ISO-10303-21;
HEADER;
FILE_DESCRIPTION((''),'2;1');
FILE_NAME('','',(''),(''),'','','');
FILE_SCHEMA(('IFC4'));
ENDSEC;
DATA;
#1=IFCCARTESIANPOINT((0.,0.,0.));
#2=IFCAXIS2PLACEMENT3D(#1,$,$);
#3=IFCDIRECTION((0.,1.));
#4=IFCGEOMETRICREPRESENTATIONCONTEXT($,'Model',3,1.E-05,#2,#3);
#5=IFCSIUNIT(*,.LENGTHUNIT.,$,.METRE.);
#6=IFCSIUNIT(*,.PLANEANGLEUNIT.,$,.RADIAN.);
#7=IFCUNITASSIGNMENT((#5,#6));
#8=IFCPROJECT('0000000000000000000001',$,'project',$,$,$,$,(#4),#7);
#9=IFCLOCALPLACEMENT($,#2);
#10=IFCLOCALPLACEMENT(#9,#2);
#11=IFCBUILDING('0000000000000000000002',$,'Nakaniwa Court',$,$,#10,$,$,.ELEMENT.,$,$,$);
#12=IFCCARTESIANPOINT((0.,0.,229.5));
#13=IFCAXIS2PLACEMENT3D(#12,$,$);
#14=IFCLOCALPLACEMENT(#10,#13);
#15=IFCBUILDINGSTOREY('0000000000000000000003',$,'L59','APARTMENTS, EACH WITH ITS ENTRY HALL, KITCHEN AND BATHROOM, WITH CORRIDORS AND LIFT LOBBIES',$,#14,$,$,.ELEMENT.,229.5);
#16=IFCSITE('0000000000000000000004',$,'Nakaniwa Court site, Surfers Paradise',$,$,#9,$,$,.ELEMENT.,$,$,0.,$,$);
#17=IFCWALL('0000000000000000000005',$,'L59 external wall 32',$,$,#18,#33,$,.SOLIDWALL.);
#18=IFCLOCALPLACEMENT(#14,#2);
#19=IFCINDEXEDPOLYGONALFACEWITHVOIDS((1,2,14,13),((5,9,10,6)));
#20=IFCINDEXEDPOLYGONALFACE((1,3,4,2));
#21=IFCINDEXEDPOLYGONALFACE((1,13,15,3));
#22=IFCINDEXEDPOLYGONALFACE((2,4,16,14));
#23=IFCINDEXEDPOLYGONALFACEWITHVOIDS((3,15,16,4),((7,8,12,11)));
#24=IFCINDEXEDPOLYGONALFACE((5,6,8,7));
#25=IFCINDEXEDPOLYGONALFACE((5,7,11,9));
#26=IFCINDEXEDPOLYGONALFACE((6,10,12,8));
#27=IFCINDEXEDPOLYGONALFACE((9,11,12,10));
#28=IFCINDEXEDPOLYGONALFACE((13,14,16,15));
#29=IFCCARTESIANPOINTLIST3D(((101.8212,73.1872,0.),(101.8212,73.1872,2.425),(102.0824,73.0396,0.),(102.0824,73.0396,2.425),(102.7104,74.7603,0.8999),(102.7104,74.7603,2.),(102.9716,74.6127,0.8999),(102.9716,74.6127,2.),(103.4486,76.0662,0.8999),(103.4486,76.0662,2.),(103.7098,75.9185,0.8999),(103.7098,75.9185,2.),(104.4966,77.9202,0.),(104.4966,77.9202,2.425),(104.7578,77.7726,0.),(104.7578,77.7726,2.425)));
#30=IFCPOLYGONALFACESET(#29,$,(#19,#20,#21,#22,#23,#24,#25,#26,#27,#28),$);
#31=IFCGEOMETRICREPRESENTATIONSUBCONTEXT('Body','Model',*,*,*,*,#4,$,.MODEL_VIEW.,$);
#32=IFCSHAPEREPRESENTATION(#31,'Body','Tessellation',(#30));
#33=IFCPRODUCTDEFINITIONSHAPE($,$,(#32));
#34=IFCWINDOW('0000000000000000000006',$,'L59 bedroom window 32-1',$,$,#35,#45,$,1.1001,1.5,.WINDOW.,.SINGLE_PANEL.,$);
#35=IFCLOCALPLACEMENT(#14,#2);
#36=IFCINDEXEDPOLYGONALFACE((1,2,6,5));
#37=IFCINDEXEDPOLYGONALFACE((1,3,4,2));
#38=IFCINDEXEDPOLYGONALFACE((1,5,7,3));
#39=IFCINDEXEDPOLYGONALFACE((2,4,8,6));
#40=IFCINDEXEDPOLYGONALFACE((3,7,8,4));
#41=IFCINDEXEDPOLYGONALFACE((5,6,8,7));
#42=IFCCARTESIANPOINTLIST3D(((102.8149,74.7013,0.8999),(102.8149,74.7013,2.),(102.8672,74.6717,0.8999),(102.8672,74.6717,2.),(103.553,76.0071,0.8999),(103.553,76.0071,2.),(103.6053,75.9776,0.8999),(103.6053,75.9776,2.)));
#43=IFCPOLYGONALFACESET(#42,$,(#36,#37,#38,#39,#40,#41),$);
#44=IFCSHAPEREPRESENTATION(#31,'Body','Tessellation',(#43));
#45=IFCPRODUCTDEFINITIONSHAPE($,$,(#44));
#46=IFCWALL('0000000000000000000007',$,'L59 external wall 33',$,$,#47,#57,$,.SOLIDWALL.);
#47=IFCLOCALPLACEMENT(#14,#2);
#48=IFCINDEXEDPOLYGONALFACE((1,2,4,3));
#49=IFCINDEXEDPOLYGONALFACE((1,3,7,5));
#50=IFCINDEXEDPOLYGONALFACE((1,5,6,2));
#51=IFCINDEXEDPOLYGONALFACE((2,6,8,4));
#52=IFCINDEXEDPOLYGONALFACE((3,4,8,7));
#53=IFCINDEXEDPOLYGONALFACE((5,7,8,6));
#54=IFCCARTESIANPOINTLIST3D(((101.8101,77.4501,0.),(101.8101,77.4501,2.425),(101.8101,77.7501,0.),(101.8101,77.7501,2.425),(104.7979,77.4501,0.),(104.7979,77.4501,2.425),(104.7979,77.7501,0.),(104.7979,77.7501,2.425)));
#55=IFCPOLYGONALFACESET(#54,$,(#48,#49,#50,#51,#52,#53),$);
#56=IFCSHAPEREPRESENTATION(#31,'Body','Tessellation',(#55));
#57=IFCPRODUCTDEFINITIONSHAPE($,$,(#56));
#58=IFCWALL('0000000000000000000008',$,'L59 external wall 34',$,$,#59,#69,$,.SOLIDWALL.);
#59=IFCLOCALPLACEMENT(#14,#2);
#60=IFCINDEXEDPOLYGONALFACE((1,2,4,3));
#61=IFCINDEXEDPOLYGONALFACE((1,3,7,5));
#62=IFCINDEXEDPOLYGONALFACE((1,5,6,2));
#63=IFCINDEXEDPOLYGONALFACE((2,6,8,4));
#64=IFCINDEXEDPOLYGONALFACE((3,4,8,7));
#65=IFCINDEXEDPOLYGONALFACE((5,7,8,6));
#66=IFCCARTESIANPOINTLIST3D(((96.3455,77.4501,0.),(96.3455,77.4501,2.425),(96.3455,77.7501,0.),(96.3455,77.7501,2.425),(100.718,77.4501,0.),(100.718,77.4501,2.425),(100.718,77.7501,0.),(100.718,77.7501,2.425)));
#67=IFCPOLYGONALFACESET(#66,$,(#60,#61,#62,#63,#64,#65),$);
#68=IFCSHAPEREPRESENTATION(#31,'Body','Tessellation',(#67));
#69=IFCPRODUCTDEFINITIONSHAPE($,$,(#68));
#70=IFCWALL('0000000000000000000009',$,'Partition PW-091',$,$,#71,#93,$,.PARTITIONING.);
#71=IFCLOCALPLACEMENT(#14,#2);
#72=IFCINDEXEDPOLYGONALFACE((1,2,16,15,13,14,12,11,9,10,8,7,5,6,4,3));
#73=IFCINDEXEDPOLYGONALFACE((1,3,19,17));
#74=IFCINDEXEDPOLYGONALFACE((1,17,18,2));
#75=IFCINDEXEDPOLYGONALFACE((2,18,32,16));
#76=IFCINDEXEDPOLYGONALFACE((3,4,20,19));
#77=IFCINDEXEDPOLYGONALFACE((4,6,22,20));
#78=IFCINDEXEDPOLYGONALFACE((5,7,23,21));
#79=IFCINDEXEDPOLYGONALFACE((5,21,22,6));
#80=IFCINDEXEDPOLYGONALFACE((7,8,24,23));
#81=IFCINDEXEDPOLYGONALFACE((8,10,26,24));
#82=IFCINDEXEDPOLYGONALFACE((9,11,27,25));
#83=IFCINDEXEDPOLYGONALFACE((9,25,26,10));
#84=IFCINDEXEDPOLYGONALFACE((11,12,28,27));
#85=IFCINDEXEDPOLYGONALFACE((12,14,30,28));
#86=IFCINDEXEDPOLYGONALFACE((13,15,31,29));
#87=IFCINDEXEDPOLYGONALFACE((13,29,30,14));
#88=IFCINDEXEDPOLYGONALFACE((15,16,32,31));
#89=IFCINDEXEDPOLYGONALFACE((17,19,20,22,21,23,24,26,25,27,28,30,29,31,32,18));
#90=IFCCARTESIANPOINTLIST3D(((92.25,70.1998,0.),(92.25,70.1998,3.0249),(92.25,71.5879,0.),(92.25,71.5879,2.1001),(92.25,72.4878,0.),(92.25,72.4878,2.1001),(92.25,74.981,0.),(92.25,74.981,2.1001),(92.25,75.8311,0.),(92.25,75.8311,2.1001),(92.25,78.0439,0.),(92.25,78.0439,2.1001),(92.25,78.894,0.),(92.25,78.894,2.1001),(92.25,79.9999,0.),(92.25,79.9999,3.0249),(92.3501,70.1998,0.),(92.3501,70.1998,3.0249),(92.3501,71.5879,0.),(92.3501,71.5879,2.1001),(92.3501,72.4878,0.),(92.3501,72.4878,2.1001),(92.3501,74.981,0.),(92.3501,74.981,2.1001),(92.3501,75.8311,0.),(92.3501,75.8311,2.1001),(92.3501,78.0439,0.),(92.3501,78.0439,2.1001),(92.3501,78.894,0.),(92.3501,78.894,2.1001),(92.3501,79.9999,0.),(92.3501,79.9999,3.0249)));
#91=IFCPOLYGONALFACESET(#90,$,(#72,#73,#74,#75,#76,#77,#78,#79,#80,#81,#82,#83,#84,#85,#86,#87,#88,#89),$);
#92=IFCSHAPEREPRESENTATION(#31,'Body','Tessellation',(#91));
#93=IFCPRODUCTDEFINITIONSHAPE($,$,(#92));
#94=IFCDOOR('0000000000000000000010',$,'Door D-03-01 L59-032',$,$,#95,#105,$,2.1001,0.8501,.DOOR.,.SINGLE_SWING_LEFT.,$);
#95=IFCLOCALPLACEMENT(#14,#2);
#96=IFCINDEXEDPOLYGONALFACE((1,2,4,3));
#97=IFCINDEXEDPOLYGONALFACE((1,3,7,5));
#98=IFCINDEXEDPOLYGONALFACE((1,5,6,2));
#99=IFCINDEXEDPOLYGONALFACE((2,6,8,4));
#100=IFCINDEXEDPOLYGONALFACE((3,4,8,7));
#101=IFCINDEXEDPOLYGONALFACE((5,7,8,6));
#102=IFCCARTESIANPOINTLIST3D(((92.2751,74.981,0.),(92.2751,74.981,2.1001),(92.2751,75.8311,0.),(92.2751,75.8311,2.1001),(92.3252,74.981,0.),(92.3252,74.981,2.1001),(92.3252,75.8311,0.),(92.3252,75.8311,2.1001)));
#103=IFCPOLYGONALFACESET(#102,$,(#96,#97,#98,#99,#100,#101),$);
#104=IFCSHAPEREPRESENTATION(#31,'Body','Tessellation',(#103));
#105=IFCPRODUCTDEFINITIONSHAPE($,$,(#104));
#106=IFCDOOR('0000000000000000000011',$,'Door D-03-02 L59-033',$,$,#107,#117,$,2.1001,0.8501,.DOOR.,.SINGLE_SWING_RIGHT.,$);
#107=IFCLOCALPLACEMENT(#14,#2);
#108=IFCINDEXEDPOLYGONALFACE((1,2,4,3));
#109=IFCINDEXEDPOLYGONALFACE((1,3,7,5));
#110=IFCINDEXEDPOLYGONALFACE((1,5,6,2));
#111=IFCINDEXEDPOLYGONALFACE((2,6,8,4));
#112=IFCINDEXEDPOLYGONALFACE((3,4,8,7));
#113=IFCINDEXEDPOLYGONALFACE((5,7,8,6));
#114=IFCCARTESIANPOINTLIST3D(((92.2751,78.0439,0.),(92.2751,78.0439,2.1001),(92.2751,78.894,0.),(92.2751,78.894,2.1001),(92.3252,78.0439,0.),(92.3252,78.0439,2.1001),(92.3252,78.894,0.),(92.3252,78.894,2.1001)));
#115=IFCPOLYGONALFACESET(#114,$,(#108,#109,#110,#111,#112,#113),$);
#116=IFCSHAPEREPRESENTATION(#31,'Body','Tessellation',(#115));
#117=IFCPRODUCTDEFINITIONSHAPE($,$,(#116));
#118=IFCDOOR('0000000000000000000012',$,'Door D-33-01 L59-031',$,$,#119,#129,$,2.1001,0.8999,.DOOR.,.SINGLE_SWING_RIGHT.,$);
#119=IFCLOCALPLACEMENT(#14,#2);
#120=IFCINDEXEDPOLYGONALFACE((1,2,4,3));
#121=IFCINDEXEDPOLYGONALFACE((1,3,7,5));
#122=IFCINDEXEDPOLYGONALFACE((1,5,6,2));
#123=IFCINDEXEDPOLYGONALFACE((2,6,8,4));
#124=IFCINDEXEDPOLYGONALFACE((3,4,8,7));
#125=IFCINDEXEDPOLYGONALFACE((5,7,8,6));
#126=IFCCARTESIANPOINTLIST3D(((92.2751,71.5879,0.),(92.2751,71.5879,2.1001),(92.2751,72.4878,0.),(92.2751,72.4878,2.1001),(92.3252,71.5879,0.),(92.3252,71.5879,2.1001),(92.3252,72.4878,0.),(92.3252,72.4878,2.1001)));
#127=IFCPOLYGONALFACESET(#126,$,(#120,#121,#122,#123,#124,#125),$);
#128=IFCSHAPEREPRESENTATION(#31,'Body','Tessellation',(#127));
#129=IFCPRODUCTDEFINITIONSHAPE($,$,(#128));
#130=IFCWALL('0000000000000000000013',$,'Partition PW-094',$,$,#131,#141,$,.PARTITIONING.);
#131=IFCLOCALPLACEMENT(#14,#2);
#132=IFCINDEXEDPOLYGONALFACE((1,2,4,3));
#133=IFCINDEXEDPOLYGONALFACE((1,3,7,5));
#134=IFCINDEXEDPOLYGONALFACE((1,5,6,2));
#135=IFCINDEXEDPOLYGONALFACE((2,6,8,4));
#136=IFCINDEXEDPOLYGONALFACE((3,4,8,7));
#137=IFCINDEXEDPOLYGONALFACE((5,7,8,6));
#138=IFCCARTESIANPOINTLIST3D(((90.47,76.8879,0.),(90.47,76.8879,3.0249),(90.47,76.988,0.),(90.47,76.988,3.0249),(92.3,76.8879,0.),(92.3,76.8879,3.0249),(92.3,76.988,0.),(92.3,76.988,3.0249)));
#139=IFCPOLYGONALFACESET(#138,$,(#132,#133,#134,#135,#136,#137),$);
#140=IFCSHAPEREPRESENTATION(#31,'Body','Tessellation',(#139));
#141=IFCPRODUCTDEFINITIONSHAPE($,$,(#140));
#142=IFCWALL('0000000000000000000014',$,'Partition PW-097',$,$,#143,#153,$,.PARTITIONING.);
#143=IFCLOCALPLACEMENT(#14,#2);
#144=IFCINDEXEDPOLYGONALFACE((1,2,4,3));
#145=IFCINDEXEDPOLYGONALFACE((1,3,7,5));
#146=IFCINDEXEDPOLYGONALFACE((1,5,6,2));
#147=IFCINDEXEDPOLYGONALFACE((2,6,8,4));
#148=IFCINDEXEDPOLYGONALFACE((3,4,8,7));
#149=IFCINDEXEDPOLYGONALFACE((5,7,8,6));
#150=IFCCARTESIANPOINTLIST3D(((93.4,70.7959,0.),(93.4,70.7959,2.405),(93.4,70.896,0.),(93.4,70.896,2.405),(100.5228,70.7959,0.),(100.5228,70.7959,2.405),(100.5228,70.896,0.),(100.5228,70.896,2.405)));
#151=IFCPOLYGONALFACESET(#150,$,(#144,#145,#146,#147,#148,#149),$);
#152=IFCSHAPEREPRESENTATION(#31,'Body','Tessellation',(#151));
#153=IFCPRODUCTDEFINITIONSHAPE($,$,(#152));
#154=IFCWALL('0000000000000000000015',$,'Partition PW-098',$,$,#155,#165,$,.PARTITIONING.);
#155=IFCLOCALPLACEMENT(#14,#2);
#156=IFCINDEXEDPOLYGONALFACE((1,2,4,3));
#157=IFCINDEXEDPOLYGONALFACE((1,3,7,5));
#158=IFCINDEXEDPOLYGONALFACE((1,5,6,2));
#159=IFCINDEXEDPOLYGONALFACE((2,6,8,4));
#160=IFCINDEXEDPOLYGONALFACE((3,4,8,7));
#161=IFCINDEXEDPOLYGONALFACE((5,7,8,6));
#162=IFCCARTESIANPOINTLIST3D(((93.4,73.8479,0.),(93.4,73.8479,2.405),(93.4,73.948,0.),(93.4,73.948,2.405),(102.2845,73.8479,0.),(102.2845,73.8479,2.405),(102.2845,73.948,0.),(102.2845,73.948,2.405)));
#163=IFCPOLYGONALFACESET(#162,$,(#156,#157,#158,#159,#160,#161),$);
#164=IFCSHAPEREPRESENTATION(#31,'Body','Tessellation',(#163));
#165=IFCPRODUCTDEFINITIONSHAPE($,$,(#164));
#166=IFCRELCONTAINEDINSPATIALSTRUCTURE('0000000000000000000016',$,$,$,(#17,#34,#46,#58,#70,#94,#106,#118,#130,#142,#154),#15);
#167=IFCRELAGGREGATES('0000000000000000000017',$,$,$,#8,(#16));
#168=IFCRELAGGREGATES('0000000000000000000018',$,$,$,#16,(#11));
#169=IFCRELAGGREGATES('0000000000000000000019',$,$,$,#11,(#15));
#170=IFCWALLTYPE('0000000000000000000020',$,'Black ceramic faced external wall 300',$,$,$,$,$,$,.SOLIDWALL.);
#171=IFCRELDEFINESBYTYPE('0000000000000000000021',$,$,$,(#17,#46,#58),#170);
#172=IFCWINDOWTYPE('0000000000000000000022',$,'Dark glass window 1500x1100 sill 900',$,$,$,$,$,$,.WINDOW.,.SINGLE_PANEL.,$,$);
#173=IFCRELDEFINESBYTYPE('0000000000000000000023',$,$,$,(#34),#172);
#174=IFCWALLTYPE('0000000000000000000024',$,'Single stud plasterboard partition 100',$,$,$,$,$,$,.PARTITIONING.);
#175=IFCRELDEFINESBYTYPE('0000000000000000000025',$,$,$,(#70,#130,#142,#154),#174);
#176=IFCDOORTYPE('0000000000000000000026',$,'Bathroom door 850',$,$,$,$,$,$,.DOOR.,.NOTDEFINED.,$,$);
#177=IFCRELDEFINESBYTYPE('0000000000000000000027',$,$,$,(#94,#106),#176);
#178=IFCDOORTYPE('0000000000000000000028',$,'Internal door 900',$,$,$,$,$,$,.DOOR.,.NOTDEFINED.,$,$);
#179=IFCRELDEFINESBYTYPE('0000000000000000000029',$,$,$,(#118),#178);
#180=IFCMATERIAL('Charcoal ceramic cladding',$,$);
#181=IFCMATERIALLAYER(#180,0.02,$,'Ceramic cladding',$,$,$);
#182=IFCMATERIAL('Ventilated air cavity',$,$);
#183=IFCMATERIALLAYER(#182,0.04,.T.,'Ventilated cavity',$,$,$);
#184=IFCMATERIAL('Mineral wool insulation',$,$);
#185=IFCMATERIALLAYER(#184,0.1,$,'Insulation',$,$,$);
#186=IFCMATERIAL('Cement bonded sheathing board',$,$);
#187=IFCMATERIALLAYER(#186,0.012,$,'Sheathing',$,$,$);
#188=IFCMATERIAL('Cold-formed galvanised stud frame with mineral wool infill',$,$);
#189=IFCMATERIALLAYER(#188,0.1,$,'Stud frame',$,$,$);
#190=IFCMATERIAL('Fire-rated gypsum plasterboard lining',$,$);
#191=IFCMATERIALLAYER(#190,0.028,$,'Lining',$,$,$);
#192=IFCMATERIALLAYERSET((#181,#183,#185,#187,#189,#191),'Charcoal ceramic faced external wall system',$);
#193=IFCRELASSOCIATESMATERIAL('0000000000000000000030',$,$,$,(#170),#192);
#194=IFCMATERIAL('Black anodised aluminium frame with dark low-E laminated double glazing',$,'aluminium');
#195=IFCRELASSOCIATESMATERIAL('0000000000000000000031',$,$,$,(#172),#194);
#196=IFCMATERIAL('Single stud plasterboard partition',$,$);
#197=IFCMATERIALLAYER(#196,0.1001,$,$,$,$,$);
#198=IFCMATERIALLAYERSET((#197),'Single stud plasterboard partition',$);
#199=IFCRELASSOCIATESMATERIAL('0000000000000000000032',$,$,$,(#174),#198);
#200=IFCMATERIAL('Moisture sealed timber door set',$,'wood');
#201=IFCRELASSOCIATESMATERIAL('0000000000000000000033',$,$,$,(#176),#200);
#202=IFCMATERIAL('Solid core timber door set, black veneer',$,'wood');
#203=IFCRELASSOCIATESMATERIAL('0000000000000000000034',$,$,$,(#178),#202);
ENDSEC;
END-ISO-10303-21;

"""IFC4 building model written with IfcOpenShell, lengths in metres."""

from ifc_helpers import new_model, si_unit, direction, frame, frame_2d, origin, place, context, subcontext, project, spatial, rectangle, extrude, material, layer, layer_set, type_object, element, fill, save


model = new_model("IFC4")

# Units and contexts
model_context = context("Model", 3, precision=1e-05, world=origin(), true_north=direction((0.0, 1.0)))
body_context = subcontext(model_context, "Body", "Model", "MODEL_VIEW")
ifc_project = project(units=[si_unit("LENGTHUNIT", "METRE"), si_unit("PLANEANGLEUNIT", "RADIAN")], contexts=[model_context])

# Site, building, storey
site_placement = place(None, origin())
site = spatial("IfcSite", under=ifc_project, at=site_placement, Name="Nakaniwa Court site, Surfers Paradise", CompositionType="ELEMENT", RefElevation=0.0)
building_placement = place(site_placement, origin())
building = spatial("IfcBuilding", under=site, at=building_placement, Name="Nakaniwa Court", CompositionType="ELEMENT")
storey_placement = place(building_placement, frame((0.0, 0.0, 229.5)))
storey = spatial("IfcBuildingStorey", under=building, at=storey_placement, Name="L59", Description="APARTMENTS, EACH WITH ITS ENTRY HALL, KITCHEN AND BATHROOM, WITH CORRIDORS AND LIFT LOBBIES", CompositionType="ELEMENT", Elevation=229.5)

# Shared definitions
ifc_material_1 = material(Name="Charcoal ceramic cladding")
ifc_layer_1 = layer(ifc_material_1, 0.02, Name="Ceramic cladding")
ifc_material_2 = material(Name="Ventilated air cavity")
ifc_layer_2 = layer(ifc_material_2, 0.04, ventilated=True, Name="Ventilated cavity")
ifc_material_3 = material(Name="Mineral wool insulation")
ifc_layer_3 = layer(ifc_material_3, 0.1, Name="Insulation")
ifc_material_4 = material(Name="Cement bonded sheathing board")
ifc_layer_4 = layer(ifc_material_4, 0.012, Name="Sheathing")
ifc_material_5 = material(Name="Cold-formed galvanised stud frame with mineral wool infill")
ifc_layer_5 = layer(ifc_material_5, 0.1, Name="Stud frame")
ifc_material_6 = material(Name="Fire-rated gypsum plasterboard lining")
ifc_layer_6 = layer(ifc_material_6, 0.028, Name="Lining")
ifc_layer_set_1 = layer_set([ifc_layer_1, ifc_layer_2, ifc_layer_3, ifc_layer_4, ifc_layer_5, ifc_layer_6], Name="Charcoal ceramic faced external wall system")
wall_type_1 = type_object("IfcWallType", Name="Black ceramic faced external wall 300", PredefinedType="SOLIDWALL", material=ifc_layer_set_1)
ifc_material_7 = material(Name="Black anodised aluminium frame with dark low-E laminated double glazing", Category="aluminium")

# Wall, opening, window
wall_1_placement = place(storey_placement, frame((101.9519, 73.1135, 0.0), z_axis=(0.0, 0.0, 1.0), x_axis=(0.492081, 0.870549, 0.0)))
wall_1 = element("IfcWall", 1, at=wall_1_placement, inside=storey, type_object=wall_type_1, Name="L59 external wall 32", PredefinedType="SOLIDWALL", context=body_context, shape_type="SweptSolid", body=[
    extrude(rectangle(XDim=5.4368, YDim=0.3, at=frame_2d((2.7183, 0.0))), origin(), (0.0, 0.0, 1.0), 2.425),
])
opening_1_placement = place(wall_1_placement, frame((1.8069, 0.0, 0.8999)))
opening_1 = element("IfcOpeningElement", 2, at=opening_1_placement, cuts=wall_1, PredefinedType="OPENING", context=body_context, shape_type="SweptSolid", body=[
    extrude(rectangle(XDim=1.5, YDim=1.1001, at=frame_2d((0.75, 0.55))), frame((0.0, 0.1599, 0.0), z_axis=(0.0, -1.0, 0.0), x_axis=(1.0, 0.0, 0.0)), (0.0, 0.0, 1.0), 0.3201),
])
window_type_1 = type_object("IfcWindowType", Name="Dark glass window 1500x1100 sill 900", PartitioningType="SINGLE_PANEL", PredefinedType="WINDOW", material=ifc_material_7)
window_1_placement = place(opening_1_placement, origin())
window_1 = element("IfcWindow", 3, at=window_1_placement, inside=storey, type_object=window_type_1, Name="L59 bedroom window 32-1", OverallHeight=1.1001, OverallWidth=1.5, PartitioningType="SINGLE_PANEL", PredefinedType="WINDOW", context=body_context, shape_type="SweptSolid", body=[
    extrude(rectangle(XDim=1.5, YDim=1.1001, at=frame_2d((0.75, 0.55))), frame((0.0, 0.03, 0.0), z_axis=(0.0, -1.0, 0.0), x_axis=(1.0, 0.0, 0.0)), (0.0, 0.0, 1.0), 0.0601),
])
fill(opening_1, window_1)

# Walls
wall_2_placement = place(storey_placement, frame((104.7979, 77.6001, 0.0), z_axis=(0.0, 0.0, 1.0), x_axis=(-1.0, 0.0, 0.0)))
element("IfcWall", 4, at=wall_2_placement, inside=storey, type_object=wall_type_1, Name="L59 external wall 33", PredefinedType="SOLIDWALL", context=body_context, shape_type="SweptSolid", body=[
    extrude(rectangle(XDim=2.9878, YDim=0.3, at=frame_2d((1.4939, 0.0))), origin(), (0.0, 0.0, 1.0), 2.425),
])
wall_3_placement = place(storey_placement, frame((100.718, 77.6001, 0.0), z_axis=(0.0, 0.0, 1.0), x_axis=(-1.0, 0.0, 0.0)))
element("IfcWall", 5, at=wall_3_placement, inside=storey, type_object=wall_type_1, Name="L59 external wall 34", PredefinedType="SOLIDWALL", context=body_context, shape_type="SweptSolid", body=[
    extrude(rectangle(XDim=4.3726, YDim=0.3, at=frame_2d((2.1863, 0.0))), origin(), (0.0, 0.0, 1.0), 2.425),
])

# Wall, openings, doors
ifc_material_8 = material(Name="Single stud plasterboard partition")
ifc_layer_7 = layer(ifc_material_8, 0.1001)
ifc_layer_set_2 = layer_set([ifc_layer_7], Name="Single stud plasterboard partition")
wall_type_2 = type_object("IfcWallType", Name="Single stud plasterboard partition 100", PredefinedType="PARTITIONING", material=ifc_layer_set_2)
wall_4_placement = place(storey_placement, frame((92.3, 70.2, 0.0), z_axis=(0.0, 0.0, 1.0), x_axis=(0.0, 1.0, 0.0)))
wall_4 = element("IfcWall", 6, at=wall_4_placement, inside=storey, type_object=wall_type_2, Name="Partition PW-091", PredefinedType="PARTITIONING", context=body_context, shape_type="SweptSolid", body=[
    extrude(rectangle(XDim=9.8, YDim=0.1001, at=frame_2d((4.8999, 0.0))), origin(), (0.0, 0.0, 1.0), 3.0249),
])
opening_2_placement = place(wall_4_placement, frame((1.3879, 0.0, 0.0)))
opening_2 = element("IfcOpeningElement", 7, at=opening_2_placement, cuts=wall_4, PredefinedType="OPENING", context=body_context, shape_type="SweptSolid", body=[
    extrude(rectangle(XDim=0.8999, YDim=2.1001, at=frame_2d((0.45, 1.05))), frame((0.0, 0.0601, 0.0), z_axis=(0.0, -1.0, 0.0), x_axis=(1.0, 0.0, 0.0)), (0.0, 0.0, 1.0), 0.1201),
])
opening_3_placement = place(wall_4_placement, frame((4.781, 0.0, 0.0)))
opening_3 = element("IfcOpeningElement", 8, at=opening_3_placement, cuts=wall_4, PredefinedType="OPENING", context=body_context, shape_type="SweptSolid", body=[
    extrude(rectangle(XDim=0.8501, YDim=2.1001, at=frame_2d((0.425, 1.05))), frame((0.0, 0.0601, 0.0), z_axis=(0.0, -1.0, 0.0), x_axis=(1.0, 0.0, 0.0)), (0.0, 0.0, 1.0), 0.1201),
])
opening_4_placement = place(wall_4_placement, frame((7.844, 0.0, 0.0)))
opening_4 = element("IfcOpeningElement", 9, at=opening_4_placement, cuts=wall_4, PredefinedType="OPENING", context=body_context, shape_type="SweptSolid", body=[
    extrude(rectangle(XDim=0.8501, YDim=2.1001, at=frame_2d((0.425, 1.05))), frame((0.0, 0.0601, 0.0), z_axis=(0.0, -1.0, 0.0), x_axis=(1.0, 0.0, 0.0)), (0.0, 0.0, 1.0), 0.1201),
])
ifc_material_9 = material(Name="Moisture sealed timber door set", Category="wood")
door_type_1 = type_object("IfcDoorType", Name="Bathroom door 850", OperationType="NOTDEFINED", PredefinedType="DOOR", material=ifc_material_9)
door_1_placement = place(opening_3_placement, origin())
door_1 = element("IfcDoor", 10, at=door_1_placement, inside=storey, type_object=door_type_1, Name="Door D-03-01 L59-032", OperationType="SINGLE_SWING_LEFT", OverallHeight=2.1001, OverallWidth=0.8501, PredefinedType="DOOR", context=body_context, shape_type="SweptSolid", body=[
    extrude(rectangle(XDim=0.8501, YDim=2.1001, at=frame_2d((0.425, 1.05))), frame((0.0, 0.0249, 0.0), z_axis=(0.0, -1.0, 0.0), x_axis=(1.0, 0.0, 0.0)), (0.0, 0.0, 1.0), 0.05),
])
fill(opening_3, door_1)
door_2_placement = place(opening_4_placement, origin())
door_2 = element("IfcDoor", 11, at=door_2_placement, inside=storey, type_object=door_type_1, Name="Door D-03-02 L59-033", OperationType="SINGLE_SWING_RIGHT", OverallHeight=2.1001, OverallWidth=0.8501, PredefinedType="DOOR", context=body_context, shape_type="SweptSolid", body=[
    extrude(rectangle(XDim=0.8501, YDim=2.1001, at=frame_2d((0.425, 1.05))), frame((0.0, 0.0249, 0.0), z_axis=(0.0, -1.0, 0.0), x_axis=(1.0, 0.0, 0.0)), (0.0, 0.0, 1.0), 0.05),
])
fill(opening_4, door_2)
ifc_material_10 = material(Name="Solid core timber door set, black veneer", Category="wood")
door_type_2 = type_object("IfcDoorType", Name="Internal door 900", OperationType="NOTDEFINED", PredefinedType="DOOR", material=ifc_material_10)
door_3_placement = place(opening_2_placement, origin())
door_3 = element("IfcDoor", 12, at=door_3_placement, inside=storey, type_object=door_type_2, Name="Door D-33-01 L59-031", OperationType="SINGLE_SWING_RIGHT", OverallHeight=2.1001, OverallWidth=0.8999, PredefinedType="DOOR", context=body_context, shape_type="SweptSolid", body=[
    extrude(rectangle(XDim=0.8999, YDim=2.1001, at=frame_2d((0.45, 1.05))), frame((0.0, 0.0249, 0.0), z_axis=(0.0, -1.0, 0.0), x_axis=(1.0, 0.0, 0.0)), (0.0, 0.0, 1.0), 0.05),
])
fill(opening_2, door_3)

# Walls
wall_5_placement = place(storey_placement, frame((90.47, 76.938, 0.0), z_axis=(0.0, 0.0, 1.0), x_axis=(1.0, 0.0, 0.0)))
element("IfcWall", 13, at=wall_5_placement, inside=storey, type_object=wall_type_2, Name="Partition PW-094", PredefinedType="PARTITIONING", context=body_context, shape_type="SweptSolid", body=[
    extrude(rectangle(XDim=1.8301, YDim=0.1001, at=frame_2d((0.915, 0.0))), origin(), (0.0, 0.0, 1.0), 3.0249),
])
wall_6_placement = place(storey_placement, frame((93.3999, 70.8459, 0.0), z_axis=(0.0, 0.0, 1.0), x_axis=(1.0, 0.0, 0.0)))
element("IfcWall", 14, at=wall_6_placement, inside=storey, type_object=wall_type_2, Name="Partition PW-097", PredefinedType="PARTITIONING", context=body_context, shape_type="SweptSolid", body=[
    extrude(rectangle(XDim=7.1228, YDim=0.1001, at=frame_2d((3.5615, 0.0))), origin(), (0.0, 0.0, 1.0), 2.405),
])
wall_7_placement = place(storey_placement, frame((93.3999, 73.8979, 0.0), z_axis=(0.0, 0.0, 1.0), x_axis=(1.0, 0.0, 0.0)))
element("IfcWall", 15, at=wall_7_placement, inside=storey, type_object=wall_type_2, Name="Partition PW-098", PredefinedType="PARTITIONING", context=body_context, shape_type="SweptSolid", body=[
    extrude(rectangle(XDim=8.8845, YDim=0.1001, at=frame_2d((4.4424, 0.0))), origin(), (0.0, 0.0, 1.0), 2.405),
])

save(model, "model.ifc")
